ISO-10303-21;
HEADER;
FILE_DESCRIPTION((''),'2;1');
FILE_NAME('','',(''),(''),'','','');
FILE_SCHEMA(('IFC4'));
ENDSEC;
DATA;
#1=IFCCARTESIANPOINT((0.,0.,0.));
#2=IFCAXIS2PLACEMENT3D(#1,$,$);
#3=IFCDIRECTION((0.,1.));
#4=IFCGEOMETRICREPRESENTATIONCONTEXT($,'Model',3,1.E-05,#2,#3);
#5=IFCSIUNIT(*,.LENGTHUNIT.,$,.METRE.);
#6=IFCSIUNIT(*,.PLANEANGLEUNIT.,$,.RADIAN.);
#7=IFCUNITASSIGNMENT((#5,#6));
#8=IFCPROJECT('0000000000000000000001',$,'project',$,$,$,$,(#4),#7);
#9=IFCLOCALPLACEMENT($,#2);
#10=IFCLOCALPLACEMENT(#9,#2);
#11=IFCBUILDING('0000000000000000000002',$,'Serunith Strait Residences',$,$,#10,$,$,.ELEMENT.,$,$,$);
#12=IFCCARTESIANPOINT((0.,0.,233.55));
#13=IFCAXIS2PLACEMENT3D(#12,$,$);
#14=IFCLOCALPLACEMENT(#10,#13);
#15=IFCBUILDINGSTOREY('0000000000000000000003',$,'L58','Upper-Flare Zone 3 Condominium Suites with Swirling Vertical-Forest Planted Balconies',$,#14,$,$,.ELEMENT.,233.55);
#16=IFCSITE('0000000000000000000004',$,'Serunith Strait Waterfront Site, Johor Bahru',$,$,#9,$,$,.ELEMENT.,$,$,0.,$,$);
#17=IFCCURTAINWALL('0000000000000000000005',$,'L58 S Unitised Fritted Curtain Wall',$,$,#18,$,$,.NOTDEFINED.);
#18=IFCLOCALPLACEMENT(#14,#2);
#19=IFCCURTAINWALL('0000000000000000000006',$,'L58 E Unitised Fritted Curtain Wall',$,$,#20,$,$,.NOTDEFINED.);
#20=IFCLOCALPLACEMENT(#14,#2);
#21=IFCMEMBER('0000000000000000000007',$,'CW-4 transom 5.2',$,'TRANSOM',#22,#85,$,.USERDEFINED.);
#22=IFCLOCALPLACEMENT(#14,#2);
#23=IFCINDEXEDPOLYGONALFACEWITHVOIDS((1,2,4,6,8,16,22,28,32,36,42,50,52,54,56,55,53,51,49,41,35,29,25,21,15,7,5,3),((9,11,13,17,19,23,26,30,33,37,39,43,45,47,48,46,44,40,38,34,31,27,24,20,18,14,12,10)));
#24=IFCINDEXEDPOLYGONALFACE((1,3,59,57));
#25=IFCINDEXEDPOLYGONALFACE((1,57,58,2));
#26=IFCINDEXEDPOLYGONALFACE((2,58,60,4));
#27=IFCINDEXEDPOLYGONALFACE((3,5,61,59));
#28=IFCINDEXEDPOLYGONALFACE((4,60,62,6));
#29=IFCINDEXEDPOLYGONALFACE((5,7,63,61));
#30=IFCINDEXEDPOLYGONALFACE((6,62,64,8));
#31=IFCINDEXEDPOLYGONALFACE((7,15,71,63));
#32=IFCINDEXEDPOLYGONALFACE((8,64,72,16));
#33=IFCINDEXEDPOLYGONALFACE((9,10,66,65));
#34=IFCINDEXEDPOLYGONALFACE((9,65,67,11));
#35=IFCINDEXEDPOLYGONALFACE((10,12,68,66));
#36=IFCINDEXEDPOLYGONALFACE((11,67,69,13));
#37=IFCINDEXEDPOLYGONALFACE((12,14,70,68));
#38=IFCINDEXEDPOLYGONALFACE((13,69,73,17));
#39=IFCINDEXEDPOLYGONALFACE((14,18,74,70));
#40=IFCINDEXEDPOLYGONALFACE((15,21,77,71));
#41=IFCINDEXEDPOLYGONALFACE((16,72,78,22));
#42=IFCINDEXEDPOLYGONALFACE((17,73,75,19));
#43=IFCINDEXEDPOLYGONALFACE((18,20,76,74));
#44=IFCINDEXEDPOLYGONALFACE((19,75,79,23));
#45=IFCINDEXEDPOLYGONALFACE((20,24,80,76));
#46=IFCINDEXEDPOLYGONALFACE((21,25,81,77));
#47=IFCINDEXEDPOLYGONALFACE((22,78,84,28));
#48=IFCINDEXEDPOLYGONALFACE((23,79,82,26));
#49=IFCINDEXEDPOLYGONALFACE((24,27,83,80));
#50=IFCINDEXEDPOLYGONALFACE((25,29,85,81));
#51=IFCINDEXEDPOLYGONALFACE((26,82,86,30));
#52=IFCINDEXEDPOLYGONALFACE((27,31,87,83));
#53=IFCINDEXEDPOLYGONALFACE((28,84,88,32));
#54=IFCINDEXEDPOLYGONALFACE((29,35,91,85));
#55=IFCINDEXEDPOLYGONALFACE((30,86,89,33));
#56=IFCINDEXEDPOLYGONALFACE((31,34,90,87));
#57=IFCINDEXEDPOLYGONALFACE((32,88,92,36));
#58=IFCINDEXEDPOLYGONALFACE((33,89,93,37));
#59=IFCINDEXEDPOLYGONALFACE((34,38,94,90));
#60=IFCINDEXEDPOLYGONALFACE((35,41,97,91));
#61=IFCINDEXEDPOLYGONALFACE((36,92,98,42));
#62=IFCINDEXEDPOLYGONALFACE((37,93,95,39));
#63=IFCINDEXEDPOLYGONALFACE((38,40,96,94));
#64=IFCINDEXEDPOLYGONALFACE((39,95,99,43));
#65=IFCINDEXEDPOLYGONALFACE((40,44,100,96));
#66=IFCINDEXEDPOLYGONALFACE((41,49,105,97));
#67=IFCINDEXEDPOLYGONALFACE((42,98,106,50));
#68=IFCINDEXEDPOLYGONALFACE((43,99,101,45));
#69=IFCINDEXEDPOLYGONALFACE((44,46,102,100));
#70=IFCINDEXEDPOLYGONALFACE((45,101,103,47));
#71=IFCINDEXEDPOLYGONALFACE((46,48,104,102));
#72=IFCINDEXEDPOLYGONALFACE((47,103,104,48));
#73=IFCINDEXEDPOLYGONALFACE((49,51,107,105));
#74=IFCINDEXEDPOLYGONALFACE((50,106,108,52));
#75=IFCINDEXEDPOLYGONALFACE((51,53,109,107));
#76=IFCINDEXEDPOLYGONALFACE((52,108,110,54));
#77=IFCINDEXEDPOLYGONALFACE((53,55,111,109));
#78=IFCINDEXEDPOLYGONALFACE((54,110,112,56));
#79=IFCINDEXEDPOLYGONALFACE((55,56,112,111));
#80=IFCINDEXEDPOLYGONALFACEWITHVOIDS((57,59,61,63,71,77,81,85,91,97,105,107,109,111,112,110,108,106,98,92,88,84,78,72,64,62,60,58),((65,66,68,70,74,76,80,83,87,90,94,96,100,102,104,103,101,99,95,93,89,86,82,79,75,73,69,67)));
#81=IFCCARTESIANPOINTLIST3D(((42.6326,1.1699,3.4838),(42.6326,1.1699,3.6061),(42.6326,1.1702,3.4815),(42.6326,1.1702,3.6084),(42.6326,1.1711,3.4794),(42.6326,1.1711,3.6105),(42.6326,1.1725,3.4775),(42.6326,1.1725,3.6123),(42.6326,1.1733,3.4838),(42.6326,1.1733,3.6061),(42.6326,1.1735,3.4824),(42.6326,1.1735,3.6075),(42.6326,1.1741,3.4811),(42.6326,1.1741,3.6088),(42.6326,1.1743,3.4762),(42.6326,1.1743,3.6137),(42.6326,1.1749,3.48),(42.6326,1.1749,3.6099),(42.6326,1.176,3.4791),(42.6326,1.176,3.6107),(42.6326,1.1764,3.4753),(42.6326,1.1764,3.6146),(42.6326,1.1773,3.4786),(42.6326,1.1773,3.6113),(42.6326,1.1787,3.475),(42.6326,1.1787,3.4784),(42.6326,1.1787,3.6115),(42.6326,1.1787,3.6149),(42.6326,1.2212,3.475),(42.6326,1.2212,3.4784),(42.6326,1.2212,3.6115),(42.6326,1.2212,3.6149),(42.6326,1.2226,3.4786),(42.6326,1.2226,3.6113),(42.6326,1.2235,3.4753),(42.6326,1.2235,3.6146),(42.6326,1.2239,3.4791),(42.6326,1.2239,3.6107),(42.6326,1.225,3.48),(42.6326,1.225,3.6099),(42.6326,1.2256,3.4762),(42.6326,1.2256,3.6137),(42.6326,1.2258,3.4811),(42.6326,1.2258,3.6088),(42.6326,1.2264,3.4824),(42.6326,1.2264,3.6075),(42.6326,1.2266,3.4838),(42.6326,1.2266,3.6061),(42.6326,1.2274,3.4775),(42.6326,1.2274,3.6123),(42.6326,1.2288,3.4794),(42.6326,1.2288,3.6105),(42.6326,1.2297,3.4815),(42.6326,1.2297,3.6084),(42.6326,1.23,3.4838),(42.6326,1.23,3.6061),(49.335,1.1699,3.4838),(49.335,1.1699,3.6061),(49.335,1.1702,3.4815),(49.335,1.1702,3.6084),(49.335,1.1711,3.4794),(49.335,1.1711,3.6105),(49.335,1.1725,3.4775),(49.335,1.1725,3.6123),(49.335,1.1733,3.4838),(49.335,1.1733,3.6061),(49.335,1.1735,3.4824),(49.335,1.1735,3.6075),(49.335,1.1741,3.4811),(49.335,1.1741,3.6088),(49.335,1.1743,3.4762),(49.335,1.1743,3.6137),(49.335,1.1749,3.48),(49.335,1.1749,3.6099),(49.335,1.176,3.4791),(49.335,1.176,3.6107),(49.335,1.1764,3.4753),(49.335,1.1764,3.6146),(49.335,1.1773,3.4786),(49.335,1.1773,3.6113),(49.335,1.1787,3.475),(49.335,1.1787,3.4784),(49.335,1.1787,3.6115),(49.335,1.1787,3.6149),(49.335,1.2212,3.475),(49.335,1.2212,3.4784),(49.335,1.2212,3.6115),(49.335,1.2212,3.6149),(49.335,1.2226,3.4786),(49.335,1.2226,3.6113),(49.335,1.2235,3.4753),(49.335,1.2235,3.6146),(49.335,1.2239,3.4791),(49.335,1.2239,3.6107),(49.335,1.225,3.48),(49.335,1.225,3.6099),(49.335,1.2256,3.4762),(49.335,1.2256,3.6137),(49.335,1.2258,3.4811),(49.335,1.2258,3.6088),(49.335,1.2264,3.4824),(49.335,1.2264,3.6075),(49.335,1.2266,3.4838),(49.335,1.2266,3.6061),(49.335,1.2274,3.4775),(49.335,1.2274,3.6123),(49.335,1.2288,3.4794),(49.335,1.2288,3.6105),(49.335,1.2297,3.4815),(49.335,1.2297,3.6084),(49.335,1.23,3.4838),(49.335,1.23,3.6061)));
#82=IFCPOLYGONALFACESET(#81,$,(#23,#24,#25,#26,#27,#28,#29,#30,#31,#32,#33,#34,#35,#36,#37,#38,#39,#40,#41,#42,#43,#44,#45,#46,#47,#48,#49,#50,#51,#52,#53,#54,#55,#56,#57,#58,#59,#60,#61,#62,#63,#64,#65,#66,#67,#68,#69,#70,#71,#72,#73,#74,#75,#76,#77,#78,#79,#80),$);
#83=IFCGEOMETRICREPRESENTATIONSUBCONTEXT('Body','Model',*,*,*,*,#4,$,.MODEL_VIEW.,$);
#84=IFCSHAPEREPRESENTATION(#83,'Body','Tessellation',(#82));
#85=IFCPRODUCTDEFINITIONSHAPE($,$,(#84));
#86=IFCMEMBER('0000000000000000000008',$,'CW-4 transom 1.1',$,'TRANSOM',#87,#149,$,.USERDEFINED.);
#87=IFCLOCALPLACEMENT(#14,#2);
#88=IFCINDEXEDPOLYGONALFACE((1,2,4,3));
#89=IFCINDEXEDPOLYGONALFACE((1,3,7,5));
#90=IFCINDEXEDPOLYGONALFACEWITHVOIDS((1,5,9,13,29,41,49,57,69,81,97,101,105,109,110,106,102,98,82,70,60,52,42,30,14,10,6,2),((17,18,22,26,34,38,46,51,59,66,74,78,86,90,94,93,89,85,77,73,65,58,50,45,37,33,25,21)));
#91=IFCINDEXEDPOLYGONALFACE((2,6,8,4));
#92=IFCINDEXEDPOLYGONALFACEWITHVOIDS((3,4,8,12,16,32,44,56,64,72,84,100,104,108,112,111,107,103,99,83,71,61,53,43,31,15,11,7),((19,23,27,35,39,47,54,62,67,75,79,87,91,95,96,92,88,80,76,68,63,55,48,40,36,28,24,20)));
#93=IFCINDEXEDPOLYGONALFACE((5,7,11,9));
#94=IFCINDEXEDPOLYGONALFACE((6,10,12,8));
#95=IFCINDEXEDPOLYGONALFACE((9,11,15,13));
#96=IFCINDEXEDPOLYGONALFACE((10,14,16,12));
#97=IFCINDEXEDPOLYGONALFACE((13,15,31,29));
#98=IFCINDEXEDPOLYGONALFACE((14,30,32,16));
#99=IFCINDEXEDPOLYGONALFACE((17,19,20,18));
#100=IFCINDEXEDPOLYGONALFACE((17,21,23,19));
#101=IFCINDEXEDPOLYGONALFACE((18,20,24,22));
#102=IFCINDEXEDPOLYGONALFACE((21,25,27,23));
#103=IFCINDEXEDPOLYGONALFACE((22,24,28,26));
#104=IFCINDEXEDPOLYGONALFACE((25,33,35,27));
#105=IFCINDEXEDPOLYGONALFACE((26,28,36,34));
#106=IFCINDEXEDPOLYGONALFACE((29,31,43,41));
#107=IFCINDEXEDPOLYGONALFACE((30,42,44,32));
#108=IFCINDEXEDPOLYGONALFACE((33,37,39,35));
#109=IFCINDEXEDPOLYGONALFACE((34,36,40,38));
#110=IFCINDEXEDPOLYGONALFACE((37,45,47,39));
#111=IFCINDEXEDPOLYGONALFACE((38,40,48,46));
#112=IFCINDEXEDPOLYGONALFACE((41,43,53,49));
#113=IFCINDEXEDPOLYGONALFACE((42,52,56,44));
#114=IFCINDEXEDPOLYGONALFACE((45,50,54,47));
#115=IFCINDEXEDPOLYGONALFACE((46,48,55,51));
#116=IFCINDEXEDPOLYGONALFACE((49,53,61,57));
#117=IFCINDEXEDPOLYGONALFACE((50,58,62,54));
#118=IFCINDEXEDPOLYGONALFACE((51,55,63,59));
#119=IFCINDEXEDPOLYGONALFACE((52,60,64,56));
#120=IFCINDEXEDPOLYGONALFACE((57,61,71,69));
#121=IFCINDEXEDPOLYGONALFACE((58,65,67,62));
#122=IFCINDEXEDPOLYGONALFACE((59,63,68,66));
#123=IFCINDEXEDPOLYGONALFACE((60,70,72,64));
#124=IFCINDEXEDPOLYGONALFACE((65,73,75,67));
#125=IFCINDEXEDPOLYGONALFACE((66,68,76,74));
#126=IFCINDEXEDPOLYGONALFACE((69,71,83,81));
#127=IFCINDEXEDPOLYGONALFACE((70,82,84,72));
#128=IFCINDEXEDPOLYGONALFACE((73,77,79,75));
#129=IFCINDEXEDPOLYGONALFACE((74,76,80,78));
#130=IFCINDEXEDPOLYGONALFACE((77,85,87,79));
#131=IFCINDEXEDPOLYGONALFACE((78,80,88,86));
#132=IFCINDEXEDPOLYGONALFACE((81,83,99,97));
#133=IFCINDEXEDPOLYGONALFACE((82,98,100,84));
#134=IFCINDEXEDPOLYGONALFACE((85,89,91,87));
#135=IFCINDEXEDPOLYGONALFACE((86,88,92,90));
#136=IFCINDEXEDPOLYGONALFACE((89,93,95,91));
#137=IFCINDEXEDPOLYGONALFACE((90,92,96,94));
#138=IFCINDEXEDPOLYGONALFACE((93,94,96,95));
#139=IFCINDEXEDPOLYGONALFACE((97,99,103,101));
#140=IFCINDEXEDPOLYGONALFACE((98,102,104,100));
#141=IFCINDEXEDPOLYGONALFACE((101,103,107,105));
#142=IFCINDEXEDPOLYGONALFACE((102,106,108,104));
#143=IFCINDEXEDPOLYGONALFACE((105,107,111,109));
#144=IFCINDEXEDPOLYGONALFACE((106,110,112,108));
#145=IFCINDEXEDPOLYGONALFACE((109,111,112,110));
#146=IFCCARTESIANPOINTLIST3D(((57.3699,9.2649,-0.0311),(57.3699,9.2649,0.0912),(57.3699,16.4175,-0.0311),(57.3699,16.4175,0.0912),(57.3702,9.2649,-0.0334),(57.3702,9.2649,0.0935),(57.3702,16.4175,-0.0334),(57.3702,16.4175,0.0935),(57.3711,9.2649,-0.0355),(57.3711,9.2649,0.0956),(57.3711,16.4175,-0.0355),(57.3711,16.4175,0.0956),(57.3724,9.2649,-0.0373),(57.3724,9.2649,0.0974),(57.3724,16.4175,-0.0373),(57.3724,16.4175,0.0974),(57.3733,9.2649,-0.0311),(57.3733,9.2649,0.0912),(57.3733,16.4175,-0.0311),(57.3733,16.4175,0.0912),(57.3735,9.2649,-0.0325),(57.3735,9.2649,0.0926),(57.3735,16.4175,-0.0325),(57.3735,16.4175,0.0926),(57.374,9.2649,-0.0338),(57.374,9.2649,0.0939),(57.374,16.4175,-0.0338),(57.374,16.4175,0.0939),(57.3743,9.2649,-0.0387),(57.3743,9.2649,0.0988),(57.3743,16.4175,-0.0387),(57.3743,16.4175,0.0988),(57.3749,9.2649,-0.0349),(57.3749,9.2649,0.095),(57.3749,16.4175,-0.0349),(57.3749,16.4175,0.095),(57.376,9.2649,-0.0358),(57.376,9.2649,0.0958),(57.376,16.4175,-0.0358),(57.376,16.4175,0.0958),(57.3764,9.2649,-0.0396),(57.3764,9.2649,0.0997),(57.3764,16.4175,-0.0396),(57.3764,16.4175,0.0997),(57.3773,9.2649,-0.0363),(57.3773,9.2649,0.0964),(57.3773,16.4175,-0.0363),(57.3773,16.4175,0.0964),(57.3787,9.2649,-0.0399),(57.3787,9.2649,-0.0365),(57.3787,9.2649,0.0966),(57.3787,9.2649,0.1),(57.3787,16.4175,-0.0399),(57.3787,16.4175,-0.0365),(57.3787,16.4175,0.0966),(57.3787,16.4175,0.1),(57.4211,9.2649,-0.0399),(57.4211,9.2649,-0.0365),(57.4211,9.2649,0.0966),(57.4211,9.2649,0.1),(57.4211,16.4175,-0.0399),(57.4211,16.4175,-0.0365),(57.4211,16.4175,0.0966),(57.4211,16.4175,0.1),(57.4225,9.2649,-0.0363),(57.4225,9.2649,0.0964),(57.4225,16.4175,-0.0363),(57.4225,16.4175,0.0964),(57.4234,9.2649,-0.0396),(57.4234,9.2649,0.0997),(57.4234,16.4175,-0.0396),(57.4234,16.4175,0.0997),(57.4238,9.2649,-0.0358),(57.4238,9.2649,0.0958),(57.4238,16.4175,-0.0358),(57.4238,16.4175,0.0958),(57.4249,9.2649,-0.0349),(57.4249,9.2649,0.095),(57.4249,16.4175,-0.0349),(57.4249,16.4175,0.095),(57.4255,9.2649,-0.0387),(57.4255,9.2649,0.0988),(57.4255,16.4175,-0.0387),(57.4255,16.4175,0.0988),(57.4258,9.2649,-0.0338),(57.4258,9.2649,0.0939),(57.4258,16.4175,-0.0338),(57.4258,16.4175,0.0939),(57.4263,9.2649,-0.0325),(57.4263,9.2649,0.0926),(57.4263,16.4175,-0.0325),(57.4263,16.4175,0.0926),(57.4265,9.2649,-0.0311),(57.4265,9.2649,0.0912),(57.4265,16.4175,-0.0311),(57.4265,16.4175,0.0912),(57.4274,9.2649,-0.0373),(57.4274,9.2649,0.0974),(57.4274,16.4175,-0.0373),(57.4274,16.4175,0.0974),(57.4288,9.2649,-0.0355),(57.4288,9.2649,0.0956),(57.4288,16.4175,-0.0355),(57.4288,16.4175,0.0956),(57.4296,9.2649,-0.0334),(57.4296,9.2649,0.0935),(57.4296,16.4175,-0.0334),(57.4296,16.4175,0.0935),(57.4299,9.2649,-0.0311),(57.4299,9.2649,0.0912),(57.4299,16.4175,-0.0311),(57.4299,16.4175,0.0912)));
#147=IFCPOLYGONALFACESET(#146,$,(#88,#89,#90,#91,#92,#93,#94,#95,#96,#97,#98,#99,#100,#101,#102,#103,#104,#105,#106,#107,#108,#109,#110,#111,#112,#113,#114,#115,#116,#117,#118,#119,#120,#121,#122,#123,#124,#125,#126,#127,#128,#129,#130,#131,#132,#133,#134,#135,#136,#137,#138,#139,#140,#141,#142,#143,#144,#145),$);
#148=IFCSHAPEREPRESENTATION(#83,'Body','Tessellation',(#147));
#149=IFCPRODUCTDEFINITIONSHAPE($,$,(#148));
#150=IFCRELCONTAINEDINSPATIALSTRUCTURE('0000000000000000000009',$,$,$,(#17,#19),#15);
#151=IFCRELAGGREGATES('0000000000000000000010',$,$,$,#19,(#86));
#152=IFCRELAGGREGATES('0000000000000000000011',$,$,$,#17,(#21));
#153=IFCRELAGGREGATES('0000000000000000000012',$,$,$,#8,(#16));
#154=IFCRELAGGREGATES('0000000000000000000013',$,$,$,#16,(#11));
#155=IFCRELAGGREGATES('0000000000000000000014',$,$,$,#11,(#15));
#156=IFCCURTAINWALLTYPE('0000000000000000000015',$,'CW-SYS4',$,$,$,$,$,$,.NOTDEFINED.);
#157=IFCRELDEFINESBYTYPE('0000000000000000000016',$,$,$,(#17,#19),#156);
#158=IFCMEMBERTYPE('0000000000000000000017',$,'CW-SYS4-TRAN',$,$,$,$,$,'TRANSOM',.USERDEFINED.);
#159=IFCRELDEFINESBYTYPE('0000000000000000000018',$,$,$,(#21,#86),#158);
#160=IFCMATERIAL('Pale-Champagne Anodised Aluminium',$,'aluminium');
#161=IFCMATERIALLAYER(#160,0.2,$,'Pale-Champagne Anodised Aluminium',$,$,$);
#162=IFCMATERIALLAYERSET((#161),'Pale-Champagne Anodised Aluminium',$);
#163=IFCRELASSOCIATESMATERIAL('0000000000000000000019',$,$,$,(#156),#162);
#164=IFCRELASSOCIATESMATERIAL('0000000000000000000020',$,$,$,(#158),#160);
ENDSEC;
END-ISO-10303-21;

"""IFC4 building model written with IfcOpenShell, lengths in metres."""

from ifc_helpers import new_model, si_unit, direction, frame, origin, origin_2d, place, context, subcontext, project, spatial, hollow_rectangle, extrude, source, transform, mapped, material, layer, layer_set, material_profile, profile_set, type_object, element, aggregate, save


model = new_model("IFC4")

# Units and contexts
model_context = context("Model", 3, precision=1e-05, world=origin(), true_north=direction((0.0, 1.0)))
body_context = subcontext(model_context, "Body", "Model", "MODEL_VIEW")
ifc_project = project(units=[si_unit("LENGTHUNIT", "METRE"), si_unit("PLANEANGLEUNIT", "RADIAN")], contexts=[model_context])

# Site, building, storey
site_placement = place(None, origin())
site = spatial("IfcSite", under=ifc_project, at=site_placement, Name="Serunith Strait Waterfront Site, Johor Bahru", CompositionType="ELEMENT", RefElevation=0.0)
building_placement = place(site_placement, origin())
building = spatial("IfcBuilding", under=site, at=building_placement, Name="Serunith Strait Residences", CompositionType="ELEMENT")
storey_placement = place(building_placement, frame((0.0, 0.0, 233.55)))
storey = spatial("IfcBuildingStorey", under=building, at=storey_placement, Name="L58", Description="Upper-Flare Zone 3 Condominium Suites with Swirling Vertical-Forest Planted Balconies", CompositionType="ELEMENT", Elevation=233.55)

# Curtain wall
ifc_material_1 = material(Name="Pale-Champagne Anodised Aluminium", Category="aluminium")
ifc_layer_1 = layer(ifc_material_1, 0.2, Name="Pale-Champagne Anodised Aluminium")
ifc_layer_set_1 = layer_set([ifc_layer_1], Name="Pale-Champagne Anodised Aluminium")
curtain_wall_type = type_object("IfcCurtainWallType", Name="CW-SYS4", PredefinedType="NOTDEFINED", material=ifc_layer_set_1)
curtain_wall_1_placement = place(storey_placement, origin())
curtain_wall_1 = element("IfcCurtainWall", 1, at=curtain_wall_1_placement, inside=storey, type_object=curtain_wall_type, Name="L58 S Unitised Fritted Curtain Wall", PredefinedType="NOTDEFINED")

# Curtain wall
curtain_wall_2_placement = place(storey_placement, origin())
curtain_wall_2 = element("IfcCurtainWall", 2, at=curtain_wall_2_placement, inside=storey, type_object=curtain_wall_type, Name="L58 E Unitised Fritted Curtain Wall", PredefinedType="NOTDEFINED")

# Members
ifc_material_profile_1 = material_profile(ifc_material_1, hollow_rectangle(XDim=0.0601, YDim=0.1399, WallThickness=0.0034, InnerFilletRadius=0.0054, OuterFilletRadius=0.0088, at=origin_2d()), Name="ALU 140x60x3.5")
ifc_profile_set_1 = profile_set([ifc_material_profile_1], Name="Pale-Champagne Anodised Aluminium")
member_type_1 = type_object("IfcMemberType", Name="CW-SYS4-TRAN", ElementType="TRANSOM", PredefinedType="USERDEFINED", material=ifc_profile_set_1)
shared_shape_1 = source(origin(), body_context, "Body", "SweptSolid", [
    extrude(hollow_rectangle(XDim=0.0601, YDim=0.1399, WallThickness=0.0034, InnerFilletRadius=0.0054, OuterFilletRadius=0.0088, at=origin_2d()), origin(), (0.0, 0.0, 1.0), 6.7024),
])
member_1_placement = place(storey_placement, frame((42.6326, 1.2, 3.5449), z_axis=(1.0, 0.0, 0.0), x_axis=(0.0, 1.0, 0.0)))
member_1 = element("IfcMember", 3, at=member_1_placement, type_object=member_type_1, Name="CW-4 transom 5.2", ObjectType="TRANSOM", PredefinedType="USERDEFINED", context=body_context, shape_type="MappedRepresentation", body=[
    mapped(shared_shape_1, transform((0.0, 0.0, 0.0), scale=1.0)),
])
shared_shape_2 = source(origin(), body_context, "Body", "SweptSolid", [
    extrude(hollow_rectangle(XDim=0.0601, YDim=0.1399, WallThickness=0.0034, InnerFilletRadius=0.0054, OuterFilletRadius=0.0088, at=origin_2d()), origin(), (0.0, 0.0, 1.0), 7.1526),
])
member_2_placement = place(storey_placement, frame((57.3999, 9.2649, 0.03), z_axis=(0.0, 1.0, 0.0), x_axis=(-1.0, 0.0, 0.0)))
member_2 = element("IfcMember", 4, at=member_2_placement, type_object=member_type_1, Name="CW-4 transom 1.1", ObjectType="TRANSOM", PredefinedType="USERDEFINED", context=body_context, shape_type="MappedRepresentation", body=[
    mapped(shared_shape_2, transform((0.0, 0.0, 0.0), scale=1.0)),
])
aggregate(curtain_wall_2, [member_2])

aggregate(curtain_wall_1, [member_1])

save(model, "model.ifc")
